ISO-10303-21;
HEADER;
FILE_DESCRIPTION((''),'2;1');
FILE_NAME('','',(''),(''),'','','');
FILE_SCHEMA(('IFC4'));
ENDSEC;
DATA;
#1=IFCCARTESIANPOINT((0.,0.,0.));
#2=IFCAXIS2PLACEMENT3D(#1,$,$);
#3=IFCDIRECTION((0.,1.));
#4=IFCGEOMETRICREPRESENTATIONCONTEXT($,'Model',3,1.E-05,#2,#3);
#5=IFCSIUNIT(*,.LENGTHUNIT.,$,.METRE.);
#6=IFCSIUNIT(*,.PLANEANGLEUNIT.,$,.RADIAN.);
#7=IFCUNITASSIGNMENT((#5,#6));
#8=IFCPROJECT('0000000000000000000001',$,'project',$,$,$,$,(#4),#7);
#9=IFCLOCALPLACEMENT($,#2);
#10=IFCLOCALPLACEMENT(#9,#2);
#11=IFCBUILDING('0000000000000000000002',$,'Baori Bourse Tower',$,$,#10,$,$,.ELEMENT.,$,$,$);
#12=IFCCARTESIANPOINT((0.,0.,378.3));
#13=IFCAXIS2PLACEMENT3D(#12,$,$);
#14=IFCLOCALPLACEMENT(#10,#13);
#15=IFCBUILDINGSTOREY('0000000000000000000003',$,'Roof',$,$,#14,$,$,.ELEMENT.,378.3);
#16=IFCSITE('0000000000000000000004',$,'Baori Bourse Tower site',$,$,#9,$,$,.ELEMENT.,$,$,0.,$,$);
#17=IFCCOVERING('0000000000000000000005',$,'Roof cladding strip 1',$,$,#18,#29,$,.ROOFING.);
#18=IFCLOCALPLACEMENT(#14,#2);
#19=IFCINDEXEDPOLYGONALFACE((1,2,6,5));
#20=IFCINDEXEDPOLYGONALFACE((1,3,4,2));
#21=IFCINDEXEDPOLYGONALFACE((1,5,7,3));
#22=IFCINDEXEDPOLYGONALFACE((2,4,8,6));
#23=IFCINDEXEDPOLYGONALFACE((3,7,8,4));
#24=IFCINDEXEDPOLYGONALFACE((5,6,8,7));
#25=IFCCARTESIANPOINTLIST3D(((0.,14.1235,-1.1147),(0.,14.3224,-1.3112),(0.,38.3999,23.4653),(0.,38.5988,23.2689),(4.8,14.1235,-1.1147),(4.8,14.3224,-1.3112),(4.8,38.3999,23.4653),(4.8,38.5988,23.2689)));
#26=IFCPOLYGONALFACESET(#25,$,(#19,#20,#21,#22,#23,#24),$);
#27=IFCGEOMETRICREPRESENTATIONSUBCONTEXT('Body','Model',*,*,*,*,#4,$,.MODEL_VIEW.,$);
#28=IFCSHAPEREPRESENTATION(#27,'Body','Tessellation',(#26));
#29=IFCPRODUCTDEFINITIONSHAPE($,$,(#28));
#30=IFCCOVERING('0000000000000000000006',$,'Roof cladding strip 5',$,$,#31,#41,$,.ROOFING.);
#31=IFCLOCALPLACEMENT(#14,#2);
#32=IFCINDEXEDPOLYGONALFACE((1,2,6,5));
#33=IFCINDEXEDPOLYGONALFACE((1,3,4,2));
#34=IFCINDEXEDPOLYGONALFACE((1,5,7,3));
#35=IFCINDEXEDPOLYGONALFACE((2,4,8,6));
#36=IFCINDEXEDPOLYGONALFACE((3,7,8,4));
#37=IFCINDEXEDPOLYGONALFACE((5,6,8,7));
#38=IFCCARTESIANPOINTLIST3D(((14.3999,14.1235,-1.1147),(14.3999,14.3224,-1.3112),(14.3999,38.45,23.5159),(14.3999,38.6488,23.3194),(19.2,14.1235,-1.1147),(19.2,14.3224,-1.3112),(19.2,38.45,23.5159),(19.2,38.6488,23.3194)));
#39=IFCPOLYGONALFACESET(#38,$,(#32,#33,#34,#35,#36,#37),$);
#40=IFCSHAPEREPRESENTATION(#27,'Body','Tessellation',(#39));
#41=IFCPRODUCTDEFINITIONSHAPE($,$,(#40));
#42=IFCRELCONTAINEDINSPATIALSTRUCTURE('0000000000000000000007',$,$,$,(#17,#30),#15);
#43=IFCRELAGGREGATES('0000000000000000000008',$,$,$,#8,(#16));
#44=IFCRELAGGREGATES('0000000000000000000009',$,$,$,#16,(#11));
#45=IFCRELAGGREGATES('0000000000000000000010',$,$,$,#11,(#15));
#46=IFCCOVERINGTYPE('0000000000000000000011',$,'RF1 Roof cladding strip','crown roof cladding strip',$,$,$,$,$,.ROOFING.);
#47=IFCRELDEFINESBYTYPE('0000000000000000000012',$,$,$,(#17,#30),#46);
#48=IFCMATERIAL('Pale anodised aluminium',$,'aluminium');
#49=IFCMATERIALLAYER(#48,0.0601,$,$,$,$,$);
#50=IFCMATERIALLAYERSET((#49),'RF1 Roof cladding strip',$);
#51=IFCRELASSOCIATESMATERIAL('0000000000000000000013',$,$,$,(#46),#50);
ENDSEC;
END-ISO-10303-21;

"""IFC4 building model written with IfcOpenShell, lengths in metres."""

from ifc_helpers import new_model, si_unit, direction, frame, origin, place, context, subcontext, project, spatial, polyline, outline, extrude, material, layer, layer_set, type_object, element, save


model = new_model("IFC4")

# Units and contexts
model_context = context("Model", 3, precision=1e-05, world=origin(), true_north=direction((0.0, 1.0)))
body_context = subcontext(model_context, "Body", "Model", "MODEL_VIEW")
ifc_project = project(units=[si_unit("LENGTHUNIT", "METRE"), si_unit("PLANEANGLEUNIT", "RADIAN")], contexts=[model_context])

# Site, building, storey
site_placement = place(None, origin())
site = spatial("IfcSite", under=ifc_project, at=site_placement, Name="Baori Bourse Tower site", CompositionType="ELEMENT", RefElevation=0.0)
building_placement = place(site_placement, origin())
building = spatial("IfcBuilding", under=site, at=building_placement, Name="Baori Bourse Tower", CompositionType="ELEMENT")
storey_placement = place(building_placement, frame((0.0, 0.0, 378.3)))
storey = spatial("IfcBuildingStorey", under=building, at=storey_placement, Name="Roof", CompositionType="ELEMENT", Elevation=378.3)

# Coverings
ifc_material_1 = material(Name="Pale anodised aluminium", Category="aluminium")
ifc_layer_1 = layer(ifc_material_1, 0.0601)
ifc_layer_set_1 = layer_set([ifc_layer_1], Name="RF1 Roof cladding strip")
covering_type = type_object("IfcCoveringType", Name="RF1 Roof cladding strip", Description="crown roof cladding strip", PredefinedType="ROOFING", material=ifc_layer_set_1)
covering_1_placement = place(storey_placement, frame((4.8, 38.3999, 23.4653), z_axis=(0.0, -0.711489, 0.702698), x_axis=(-1.0, 0.0, 0.0)))
element("IfcCovering", 1, at=covering_1_placement, inside=storey, type_object=covering_type, Name="Roof cladding strip 1", PredefinedType="ROOFING", context=body_context, shape_type="SweptSolid", body=[
    extrude(outline(polyline([(0.0, 0.0), (4.8, 0.0), (4.8, 34.5474), (0.0, 34.5474), (0.0, 0.0)])), origin(), (0.0, 0.0, -1.0), 0.2795),
])
covering_2_placement = place(storey_placement, frame((14.3999, 38.45, 23.5159), z_axis=(0.0, -0.711487, 0.7027), x_axis=(0.0, -0.7027, -0.711487)))
element("IfcCovering", 2, at=covering_2_placement, inside=storey, type_object=covering_type, Name="Roof cladding strip 5", PredefinedType="ROOFING", context=body_context, shape_type="SweptSolid", body=[
    extrude(outline(polyline([(0.0, 0.0), (34.6185, 0.0), (34.6185, 4.8), (0.0, 4.8), (0.0, 0.0)])), origin(), (0.0, 0.0, -1.0), 0.2795),
])

save(model, "model.ifc")
